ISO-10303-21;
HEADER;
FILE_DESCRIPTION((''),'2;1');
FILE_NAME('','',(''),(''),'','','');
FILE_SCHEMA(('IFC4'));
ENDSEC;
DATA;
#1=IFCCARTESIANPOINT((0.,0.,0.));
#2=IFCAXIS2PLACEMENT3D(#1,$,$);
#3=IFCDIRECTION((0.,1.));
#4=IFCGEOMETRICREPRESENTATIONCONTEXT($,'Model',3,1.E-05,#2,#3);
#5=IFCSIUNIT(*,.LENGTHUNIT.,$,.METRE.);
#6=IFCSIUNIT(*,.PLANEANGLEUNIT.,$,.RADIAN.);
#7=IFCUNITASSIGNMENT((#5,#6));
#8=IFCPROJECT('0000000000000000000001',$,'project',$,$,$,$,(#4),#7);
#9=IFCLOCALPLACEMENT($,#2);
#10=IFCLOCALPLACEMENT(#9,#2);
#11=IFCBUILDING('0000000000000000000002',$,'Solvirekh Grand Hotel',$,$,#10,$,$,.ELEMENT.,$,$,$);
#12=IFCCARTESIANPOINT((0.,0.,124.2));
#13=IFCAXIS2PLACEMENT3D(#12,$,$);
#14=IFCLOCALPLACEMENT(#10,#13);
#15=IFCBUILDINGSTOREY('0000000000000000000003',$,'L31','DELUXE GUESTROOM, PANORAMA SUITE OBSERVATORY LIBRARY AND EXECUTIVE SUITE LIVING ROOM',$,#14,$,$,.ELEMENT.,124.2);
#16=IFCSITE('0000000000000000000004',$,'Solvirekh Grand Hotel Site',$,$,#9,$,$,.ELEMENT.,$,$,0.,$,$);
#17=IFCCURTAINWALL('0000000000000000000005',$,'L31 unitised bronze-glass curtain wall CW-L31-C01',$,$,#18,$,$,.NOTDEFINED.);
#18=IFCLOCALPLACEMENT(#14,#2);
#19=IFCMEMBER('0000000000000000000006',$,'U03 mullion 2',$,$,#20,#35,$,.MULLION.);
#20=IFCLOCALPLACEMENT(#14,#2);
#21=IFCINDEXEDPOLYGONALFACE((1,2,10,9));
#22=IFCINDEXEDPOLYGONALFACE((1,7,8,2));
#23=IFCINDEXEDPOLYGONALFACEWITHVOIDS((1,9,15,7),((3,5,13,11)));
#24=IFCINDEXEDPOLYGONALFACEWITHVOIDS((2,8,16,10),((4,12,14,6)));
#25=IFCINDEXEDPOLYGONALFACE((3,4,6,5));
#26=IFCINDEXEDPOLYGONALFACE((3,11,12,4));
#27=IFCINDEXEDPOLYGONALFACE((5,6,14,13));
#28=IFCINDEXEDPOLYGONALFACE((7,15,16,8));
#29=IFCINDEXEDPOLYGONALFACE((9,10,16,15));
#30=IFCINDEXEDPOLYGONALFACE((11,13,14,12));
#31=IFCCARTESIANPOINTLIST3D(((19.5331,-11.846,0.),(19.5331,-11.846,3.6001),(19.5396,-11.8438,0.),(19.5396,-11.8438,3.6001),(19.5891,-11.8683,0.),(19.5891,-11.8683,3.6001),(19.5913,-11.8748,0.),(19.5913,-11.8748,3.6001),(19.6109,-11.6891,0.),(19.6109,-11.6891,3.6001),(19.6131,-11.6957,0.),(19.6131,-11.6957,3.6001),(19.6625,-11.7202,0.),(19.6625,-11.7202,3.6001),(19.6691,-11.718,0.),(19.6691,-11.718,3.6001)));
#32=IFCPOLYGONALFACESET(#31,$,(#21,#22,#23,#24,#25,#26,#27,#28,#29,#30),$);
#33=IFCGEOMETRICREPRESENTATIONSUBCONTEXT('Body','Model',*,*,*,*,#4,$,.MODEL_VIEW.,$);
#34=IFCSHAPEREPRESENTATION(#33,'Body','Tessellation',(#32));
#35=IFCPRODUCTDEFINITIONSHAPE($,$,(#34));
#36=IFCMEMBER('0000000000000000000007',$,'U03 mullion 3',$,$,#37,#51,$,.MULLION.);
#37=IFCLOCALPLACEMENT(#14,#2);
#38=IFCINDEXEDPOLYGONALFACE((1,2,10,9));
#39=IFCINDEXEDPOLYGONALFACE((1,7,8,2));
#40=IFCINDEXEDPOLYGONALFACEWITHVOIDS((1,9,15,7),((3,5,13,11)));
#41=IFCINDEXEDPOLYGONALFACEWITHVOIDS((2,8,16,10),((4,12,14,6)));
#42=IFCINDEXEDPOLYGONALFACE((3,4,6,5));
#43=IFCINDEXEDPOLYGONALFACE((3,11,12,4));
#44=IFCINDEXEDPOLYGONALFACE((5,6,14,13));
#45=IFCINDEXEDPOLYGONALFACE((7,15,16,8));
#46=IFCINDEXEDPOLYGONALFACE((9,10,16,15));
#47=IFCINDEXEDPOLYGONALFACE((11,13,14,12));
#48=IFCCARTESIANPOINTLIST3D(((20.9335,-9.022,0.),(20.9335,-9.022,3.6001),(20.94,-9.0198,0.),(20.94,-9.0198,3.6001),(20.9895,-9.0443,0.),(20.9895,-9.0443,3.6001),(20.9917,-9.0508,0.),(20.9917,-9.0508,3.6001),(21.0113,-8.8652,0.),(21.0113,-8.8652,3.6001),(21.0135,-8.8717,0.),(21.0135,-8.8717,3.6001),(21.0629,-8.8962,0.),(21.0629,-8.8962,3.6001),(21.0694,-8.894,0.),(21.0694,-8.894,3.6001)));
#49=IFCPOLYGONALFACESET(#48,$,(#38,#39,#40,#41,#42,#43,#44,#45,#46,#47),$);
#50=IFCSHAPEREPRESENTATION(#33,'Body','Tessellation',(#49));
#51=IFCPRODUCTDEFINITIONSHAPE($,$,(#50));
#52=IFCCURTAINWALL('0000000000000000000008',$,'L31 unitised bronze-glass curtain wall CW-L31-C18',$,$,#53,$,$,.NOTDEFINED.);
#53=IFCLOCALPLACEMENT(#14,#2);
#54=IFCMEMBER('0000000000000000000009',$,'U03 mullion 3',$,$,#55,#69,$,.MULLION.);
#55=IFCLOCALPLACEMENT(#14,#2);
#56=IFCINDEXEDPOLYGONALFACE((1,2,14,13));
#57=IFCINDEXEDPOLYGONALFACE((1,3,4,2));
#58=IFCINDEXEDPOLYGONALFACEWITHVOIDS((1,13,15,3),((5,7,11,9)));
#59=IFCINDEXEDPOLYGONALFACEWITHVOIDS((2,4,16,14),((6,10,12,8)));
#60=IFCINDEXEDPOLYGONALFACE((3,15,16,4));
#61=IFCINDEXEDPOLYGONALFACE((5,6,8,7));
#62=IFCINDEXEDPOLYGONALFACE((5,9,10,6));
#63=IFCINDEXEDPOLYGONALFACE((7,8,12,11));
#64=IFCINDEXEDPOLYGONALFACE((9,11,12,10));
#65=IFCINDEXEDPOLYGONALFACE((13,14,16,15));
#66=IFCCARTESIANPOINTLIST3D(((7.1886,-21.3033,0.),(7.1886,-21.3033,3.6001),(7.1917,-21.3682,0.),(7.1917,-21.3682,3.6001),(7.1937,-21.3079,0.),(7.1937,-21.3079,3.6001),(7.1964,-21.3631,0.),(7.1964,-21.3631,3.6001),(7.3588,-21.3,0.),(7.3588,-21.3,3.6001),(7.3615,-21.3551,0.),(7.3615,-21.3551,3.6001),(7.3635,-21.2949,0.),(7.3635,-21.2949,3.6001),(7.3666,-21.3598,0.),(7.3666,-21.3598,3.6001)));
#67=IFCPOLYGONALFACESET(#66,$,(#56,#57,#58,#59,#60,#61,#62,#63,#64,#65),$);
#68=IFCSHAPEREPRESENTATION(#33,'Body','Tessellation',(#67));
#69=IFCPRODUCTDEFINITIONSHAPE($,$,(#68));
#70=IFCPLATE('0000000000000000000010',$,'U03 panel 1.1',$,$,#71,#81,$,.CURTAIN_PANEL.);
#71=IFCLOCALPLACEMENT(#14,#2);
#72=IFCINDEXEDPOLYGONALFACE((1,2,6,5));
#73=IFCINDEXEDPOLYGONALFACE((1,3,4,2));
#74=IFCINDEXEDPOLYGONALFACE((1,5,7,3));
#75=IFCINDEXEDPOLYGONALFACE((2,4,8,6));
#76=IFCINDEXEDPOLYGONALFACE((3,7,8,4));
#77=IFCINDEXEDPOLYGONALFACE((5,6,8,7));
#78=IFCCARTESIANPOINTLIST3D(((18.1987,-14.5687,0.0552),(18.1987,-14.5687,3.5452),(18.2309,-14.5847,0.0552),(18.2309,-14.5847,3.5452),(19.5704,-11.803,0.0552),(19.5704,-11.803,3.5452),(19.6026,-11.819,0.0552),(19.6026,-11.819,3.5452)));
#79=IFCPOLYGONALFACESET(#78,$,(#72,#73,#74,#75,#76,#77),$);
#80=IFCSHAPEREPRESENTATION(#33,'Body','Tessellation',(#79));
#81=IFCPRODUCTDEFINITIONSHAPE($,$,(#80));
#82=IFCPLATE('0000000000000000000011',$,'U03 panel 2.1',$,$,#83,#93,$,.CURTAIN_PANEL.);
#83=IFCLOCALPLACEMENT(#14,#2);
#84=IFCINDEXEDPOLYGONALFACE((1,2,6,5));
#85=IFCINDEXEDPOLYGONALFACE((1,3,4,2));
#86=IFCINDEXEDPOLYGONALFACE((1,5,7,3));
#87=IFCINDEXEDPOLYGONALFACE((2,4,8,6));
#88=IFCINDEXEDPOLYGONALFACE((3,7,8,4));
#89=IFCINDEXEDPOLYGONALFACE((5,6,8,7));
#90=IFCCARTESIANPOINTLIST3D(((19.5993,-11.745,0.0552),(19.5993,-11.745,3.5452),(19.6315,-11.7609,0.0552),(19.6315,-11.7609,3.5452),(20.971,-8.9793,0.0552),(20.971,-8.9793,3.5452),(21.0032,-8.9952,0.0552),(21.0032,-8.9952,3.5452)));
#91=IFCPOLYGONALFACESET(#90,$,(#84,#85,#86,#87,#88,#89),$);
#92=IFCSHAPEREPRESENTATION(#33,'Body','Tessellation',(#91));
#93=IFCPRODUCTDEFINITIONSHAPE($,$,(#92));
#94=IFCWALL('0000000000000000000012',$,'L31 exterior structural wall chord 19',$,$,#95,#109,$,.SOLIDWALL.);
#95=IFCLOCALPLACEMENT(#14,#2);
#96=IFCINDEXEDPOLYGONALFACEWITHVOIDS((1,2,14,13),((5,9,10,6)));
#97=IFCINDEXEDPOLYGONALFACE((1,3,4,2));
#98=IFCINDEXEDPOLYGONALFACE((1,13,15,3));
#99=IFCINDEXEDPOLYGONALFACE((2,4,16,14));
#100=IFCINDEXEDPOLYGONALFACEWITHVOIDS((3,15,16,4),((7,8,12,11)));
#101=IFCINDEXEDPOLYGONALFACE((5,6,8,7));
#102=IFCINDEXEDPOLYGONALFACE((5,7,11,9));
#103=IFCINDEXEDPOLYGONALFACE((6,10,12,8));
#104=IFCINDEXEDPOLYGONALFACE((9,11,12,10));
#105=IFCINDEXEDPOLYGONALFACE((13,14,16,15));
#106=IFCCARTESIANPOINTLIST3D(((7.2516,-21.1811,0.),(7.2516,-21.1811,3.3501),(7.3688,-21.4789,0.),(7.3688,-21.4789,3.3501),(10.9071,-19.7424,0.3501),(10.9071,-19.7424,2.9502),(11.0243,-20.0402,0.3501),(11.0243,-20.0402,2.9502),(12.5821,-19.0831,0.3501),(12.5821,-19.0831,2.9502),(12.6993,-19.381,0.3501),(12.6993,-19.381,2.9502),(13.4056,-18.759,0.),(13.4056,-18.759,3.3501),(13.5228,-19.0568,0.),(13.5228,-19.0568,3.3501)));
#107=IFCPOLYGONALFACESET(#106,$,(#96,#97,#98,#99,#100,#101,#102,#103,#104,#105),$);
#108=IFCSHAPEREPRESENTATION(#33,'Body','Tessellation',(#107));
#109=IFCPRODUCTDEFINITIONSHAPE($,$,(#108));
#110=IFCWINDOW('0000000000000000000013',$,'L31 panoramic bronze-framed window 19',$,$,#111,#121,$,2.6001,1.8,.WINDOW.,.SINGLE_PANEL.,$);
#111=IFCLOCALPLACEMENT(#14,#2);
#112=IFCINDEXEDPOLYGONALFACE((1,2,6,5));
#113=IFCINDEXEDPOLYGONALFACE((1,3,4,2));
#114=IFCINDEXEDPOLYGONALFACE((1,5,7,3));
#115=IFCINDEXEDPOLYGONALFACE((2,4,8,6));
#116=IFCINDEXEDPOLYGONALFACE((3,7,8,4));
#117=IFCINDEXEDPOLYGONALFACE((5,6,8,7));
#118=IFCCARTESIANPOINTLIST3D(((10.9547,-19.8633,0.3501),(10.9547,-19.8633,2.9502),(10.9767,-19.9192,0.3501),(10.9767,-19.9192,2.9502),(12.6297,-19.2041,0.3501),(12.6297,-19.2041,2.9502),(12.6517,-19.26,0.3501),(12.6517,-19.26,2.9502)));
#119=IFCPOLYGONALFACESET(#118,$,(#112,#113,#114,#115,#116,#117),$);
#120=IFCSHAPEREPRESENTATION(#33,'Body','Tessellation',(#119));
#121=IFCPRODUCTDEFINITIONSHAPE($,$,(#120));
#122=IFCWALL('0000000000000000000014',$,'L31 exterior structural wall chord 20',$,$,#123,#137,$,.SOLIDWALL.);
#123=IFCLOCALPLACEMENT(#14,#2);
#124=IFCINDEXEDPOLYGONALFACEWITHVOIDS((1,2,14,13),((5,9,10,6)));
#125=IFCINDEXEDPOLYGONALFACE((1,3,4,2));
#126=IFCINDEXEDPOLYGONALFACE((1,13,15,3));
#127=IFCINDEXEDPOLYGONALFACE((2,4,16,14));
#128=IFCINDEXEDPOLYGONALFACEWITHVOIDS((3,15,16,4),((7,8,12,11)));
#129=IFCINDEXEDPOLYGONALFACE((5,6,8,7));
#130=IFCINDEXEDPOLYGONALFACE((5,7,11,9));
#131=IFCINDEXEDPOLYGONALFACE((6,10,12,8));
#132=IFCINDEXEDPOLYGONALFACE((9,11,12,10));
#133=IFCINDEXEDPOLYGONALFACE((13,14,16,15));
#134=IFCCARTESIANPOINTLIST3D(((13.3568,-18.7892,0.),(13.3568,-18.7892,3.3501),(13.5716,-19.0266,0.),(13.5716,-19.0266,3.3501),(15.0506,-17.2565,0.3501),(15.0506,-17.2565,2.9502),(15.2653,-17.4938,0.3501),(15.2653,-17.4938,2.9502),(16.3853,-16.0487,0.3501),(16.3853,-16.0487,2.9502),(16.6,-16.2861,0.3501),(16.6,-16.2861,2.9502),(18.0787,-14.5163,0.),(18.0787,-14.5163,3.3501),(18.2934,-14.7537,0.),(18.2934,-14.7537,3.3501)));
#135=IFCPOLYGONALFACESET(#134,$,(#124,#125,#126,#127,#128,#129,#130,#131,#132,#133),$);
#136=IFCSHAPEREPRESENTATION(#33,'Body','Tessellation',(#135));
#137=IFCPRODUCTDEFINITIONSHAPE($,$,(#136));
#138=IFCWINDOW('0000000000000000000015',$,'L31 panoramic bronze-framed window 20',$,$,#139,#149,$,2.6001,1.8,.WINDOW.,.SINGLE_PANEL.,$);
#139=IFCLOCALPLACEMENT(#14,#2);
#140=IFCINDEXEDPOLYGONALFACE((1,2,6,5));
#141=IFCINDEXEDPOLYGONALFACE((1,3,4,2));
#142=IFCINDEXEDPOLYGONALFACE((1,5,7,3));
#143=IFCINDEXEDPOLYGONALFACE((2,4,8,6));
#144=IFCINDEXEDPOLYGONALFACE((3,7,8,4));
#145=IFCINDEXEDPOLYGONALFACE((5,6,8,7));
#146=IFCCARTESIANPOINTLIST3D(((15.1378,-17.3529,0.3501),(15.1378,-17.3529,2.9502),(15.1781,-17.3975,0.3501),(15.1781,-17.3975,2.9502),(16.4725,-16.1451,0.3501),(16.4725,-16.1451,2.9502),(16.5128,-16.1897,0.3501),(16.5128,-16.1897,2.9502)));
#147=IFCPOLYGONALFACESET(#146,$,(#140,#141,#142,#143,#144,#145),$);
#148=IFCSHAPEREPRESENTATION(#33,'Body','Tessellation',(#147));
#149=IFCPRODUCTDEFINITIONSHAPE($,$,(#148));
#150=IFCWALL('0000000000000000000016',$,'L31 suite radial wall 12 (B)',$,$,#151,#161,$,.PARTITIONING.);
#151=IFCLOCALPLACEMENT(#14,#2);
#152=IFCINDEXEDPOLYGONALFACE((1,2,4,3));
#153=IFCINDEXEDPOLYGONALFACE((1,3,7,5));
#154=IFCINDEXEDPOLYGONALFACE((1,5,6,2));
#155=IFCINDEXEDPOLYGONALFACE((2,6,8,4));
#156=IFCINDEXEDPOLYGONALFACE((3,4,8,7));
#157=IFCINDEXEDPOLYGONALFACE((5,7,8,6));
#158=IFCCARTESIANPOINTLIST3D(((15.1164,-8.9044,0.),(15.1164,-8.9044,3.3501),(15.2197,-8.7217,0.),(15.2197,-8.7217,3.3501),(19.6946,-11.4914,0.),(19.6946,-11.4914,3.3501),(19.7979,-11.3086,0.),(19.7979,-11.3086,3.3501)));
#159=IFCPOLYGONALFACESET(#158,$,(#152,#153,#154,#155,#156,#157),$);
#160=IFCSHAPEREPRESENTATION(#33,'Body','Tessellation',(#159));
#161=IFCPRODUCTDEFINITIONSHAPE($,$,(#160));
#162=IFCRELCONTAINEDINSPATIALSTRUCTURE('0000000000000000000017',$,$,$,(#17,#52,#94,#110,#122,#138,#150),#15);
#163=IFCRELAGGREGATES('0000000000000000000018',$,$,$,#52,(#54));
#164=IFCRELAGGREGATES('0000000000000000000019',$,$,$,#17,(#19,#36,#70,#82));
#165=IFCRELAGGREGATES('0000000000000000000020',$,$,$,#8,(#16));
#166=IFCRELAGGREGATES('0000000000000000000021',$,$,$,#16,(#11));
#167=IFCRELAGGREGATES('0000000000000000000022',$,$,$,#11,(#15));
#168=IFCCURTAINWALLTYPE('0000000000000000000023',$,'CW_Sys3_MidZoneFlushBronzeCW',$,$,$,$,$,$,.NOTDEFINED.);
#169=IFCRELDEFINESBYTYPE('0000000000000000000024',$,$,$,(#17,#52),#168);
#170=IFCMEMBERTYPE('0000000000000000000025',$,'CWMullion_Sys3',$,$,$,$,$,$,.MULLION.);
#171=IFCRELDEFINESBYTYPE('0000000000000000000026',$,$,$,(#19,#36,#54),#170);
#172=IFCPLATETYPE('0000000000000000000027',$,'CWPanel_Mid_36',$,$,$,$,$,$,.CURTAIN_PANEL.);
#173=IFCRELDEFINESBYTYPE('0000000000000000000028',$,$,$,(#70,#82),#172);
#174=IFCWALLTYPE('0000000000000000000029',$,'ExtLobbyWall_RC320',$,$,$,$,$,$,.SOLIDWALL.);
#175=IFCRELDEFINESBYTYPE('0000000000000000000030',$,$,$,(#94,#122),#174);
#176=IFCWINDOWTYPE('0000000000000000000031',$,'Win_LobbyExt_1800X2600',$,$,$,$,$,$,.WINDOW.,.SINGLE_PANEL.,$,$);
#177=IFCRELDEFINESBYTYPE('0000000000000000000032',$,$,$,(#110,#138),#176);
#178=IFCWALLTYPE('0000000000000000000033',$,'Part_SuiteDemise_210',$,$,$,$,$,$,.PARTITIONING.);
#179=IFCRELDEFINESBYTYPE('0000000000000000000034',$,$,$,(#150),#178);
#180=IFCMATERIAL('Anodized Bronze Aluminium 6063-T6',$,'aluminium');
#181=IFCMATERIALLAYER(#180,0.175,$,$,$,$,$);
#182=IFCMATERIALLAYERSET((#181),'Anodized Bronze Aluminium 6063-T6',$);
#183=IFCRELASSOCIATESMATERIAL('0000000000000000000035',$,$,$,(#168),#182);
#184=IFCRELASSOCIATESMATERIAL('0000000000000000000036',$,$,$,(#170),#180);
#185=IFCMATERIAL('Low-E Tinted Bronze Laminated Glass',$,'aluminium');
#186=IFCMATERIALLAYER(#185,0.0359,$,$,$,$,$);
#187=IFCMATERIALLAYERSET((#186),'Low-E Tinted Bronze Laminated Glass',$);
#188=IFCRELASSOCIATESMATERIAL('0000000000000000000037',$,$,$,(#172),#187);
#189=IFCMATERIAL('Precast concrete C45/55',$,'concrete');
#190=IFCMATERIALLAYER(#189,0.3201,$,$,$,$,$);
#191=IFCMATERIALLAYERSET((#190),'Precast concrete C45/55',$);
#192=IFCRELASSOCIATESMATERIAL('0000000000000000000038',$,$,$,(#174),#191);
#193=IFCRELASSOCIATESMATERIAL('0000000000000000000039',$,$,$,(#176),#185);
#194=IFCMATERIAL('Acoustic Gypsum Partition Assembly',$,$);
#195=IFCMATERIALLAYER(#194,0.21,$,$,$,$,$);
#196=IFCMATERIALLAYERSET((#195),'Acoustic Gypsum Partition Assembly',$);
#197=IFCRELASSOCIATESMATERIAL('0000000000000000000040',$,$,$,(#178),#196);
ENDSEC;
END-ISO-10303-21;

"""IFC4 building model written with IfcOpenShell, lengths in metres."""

from ifc_helpers import new_model, si_unit, direction, frame, frame_2d, origin, origin_2d, place, context, subcontext, project, spatial, rectangle, hollow_rectangle, extrude, source, transform, mapped, material, layer, layer_set, material_profile, profile_set, type_object, element, fill, aggregate, save


model = new_model("IFC4")

# Units and contexts
model_context = context("Model", 3, precision=1e-05, world=origin(), true_north=direction((0.0, 1.0)))
body_context = subcontext(model_context, "Body", "Model", "MODEL_VIEW")
ifc_project = project(units=[si_unit("LENGTHUNIT", "METRE"), si_unit("PLANEANGLEUNIT", "RADIAN")], contexts=[model_context])

# Site, building, storey
site_placement = place(None, origin())
site = spatial("IfcSite", under=ifc_project, at=site_placement, Name="Solvirekh Grand Hotel Site", CompositionType="ELEMENT", RefElevation=0.0)
building_placement = place(site_placement, origin())
building = spatial("IfcBuilding", under=site, at=building_placement, Name="Solvirekh Grand Hotel", CompositionType="ELEMENT")
storey_placement = place(building_placement, frame((0.0, 0.0, 124.2)))
storey = spatial("IfcBuildingStorey", under=building, at=storey_placement, Name="L31", Description="DELUXE GUESTROOM, PANORAMA SUITE OBSERVATORY LIBRARY AND EXECUTIVE SUITE LIVING ROOM", CompositionType="ELEMENT", Elevation=124.2)

# Curtain wall, members
ifc_material_1 = material(Name="Anodized Bronze Aluminium 6063-T6", Category="aluminium")
ifc_layer_1 = layer(ifc_material_1, 0.175)
ifc_layer_set_1 = layer_set([ifc_layer_1], Name="Anodized Bronze Aluminium 6063-T6")
curtain_wall_type = type_object("IfcCurtainWallType", Name="CW_Sys3_MidZoneFlushBronzeCW", PredefinedType="NOTDEFINED", material=ifc_layer_set_1)
curtain_wall_1_placement = place(storey_placement, origin())
curtain_wall_1 = element("IfcCurtainWall", 1, at=curtain_wall_1_placement, inside=storey, type_object=curtain_wall_type, Name="L31 unitised bronze-glass curtain wall CW-L31-C01", PredefinedType="NOTDEFINED")
ifc_material_profile_1 = material_profile(ifc_material_1, hollow_rectangle(XDim=0.0649, YDim=0.175, WallThickness=0.0049, at=origin_2d()), Name="ALU RHS 175X65X5")
ifc_profile_set_1 = profile_set([ifc_material_profile_1], Name="Anodized Bronze Aluminium 6063-T6")
member_type_1 = type_object("IfcMemberType", Name="CWMullion_Sys3", PredefinedType="MULLION", material=ifc_profile_set_1)
shared_shape_1 = source(origin(), body_context, "Body", "SweptSolid", [
    extrude(hollow_rectangle(XDim=0.0649, YDim=0.175, WallThickness=0.0049, at=origin_2d()), origin(), (0.0, 0.0, 1.0), 3.6001),
])
member_1_placement = place(storey_placement, frame((19.6011, -11.782, 0.0), z_axis=(0.0, 0.0, 1.0), x_axis=(-0.895867, 0.444322, 0.0)))
member_1 = element("IfcMember", 2, at=member_1_placement, type_object=member_type_1, Name="U03 mullion 2", PredefinedType="MULLION", context=body_context, shape_type="MappedRepresentation", body=[
    mapped(shared_shape_1, transform((0.0, 0.0, 0.0), x_axis=(1.0, 0.0, 0.0), y_axis=(0.0, 1.0, 0.0), z_axis=(0.0, 0.0, 1.0), scale=1.0)),
])
member_2_placement = place(storey_placement, frame((21.0015, -8.958, 0.0), z_axis=(0.0, 0.0, 1.0), x_axis=(-0.895867, 0.444322, 0.0)))
member_2 = element("IfcMember", 3, at=member_2_placement, type_object=member_type_1, Name="U03 mullion 3", PredefinedType="MULLION", context=body_context, shape_type="MappedRepresentation", body=[
    mapped(shared_shape_1, transform((0.0, 0.0, 0.0), x_axis=(1.0, 0.0, 0.0), y_axis=(0.0, 1.0, 0.0), z_axis=(0.0, 0.0, 1.0), scale=1.0)),
])

# Curtain wall, member
curtain_wall_2_placement = place(storey_placement, origin())
curtain_wall_2 = element("IfcCurtainWall", 4, at=curtain_wall_2_placement, inside=storey, type_object=curtain_wall_type, Name="L31 unitised bronze-glass curtain wall CW-L31-C18", PredefinedType="NOTDEFINED")
member_3_placement = place(storey_placement, frame((7.2776, -21.3315, 0.0), z_axis=(0.0, 0.0, 1.0), x_axis=(-0.047932, 0.998851, 0.0)))
member_3 = element("IfcMember", 5, at=member_3_placement, type_object=member_type_1, Name="U03 mullion 3", PredefinedType="MULLION", context=body_context, shape_type="MappedRepresentation", body=[
    mapped(shared_shape_1, transform((0.0, 0.0, 0.0), x_axis=(1.0, 0.0, 0.0), y_axis=(0.0, 1.0, 0.0), z_axis=(0.0, 0.0, 1.0), scale=1.0)),
])
aggregate(curtain_wall_2, [member_3])

# Plates
ifc_material_2 = material(Name="Low-E Tinted Bronze Laminated Glass", Category="aluminium")
ifc_layer_2 = layer(ifc_material_2, 0.0359)
ifc_layer_set_2 = layer_set([ifc_layer_2], Name="Low-E Tinted Bronze Laminated Glass")
plate_type = type_object("IfcPlateType", Name="CWPanel_Mid_36", PredefinedType="CURTAIN_PANEL", material=ifc_layer_set_2)
shared_shape_2 = source(origin(), body_context, "Body", "SweptSolid", [
    extrude(rectangle(XDim=3.0872, YDim=0.0359, at=origin_2d()), origin(), (0.0, 0.0, 1.0), 3.49),
])
plate_1_placement = place(storey_placement, frame((18.9006, -13.1938, 0.0552), z_axis=(0.0, 0.0, 1.0), x_axis=(0.444322, 0.895867, 0.0)))
plate_1 = element("IfcPlate", 6, at=plate_1_placement, type_object=plate_type, Name="U03 panel 1.1", PredefinedType="CURTAIN_PANEL", context=body_context, shape_type="MappedRepresentation", body=[
    mapped(shared_shape_2, transform((0.0, 0.0, 0.0), x_axis=(1.0, 0.0, 0.0), y_axis=(0.0, 1.0, 0.0), z_axis=(0.0, 0.0, 1.0), scale=1.0)),
])
plate_2_placement = place(storey_placement, frame((20.3013, -10.3701, 0.0552), z_axis=(0.0, 0.0, 1.0), x_axis=(0.444322, 0.895867, 0.0)))
plate_2 = element("IfcPlate", 7, at=plate_2_placement, type_object=plate_type, Name="U03 panel 2.1", PredefinedType="CURTAIN_PANEL", context=body_context, shape_type="MappedRepresentation", body=[
    mapped(shared_shape_2, transform((0.0, 0.0, 0.0), x_axis=(1.0, 0.0, 0.0), y_axis=(0.0, 1.0, 0.0), z_axis=(0.0, 0.0, 1.0), scale=1.0)),
])
aggregate(curtain_wall_1, [member_1, member_2, plate_1, plate_2])

# Walls, openings, windows
ifc_material_3 = material(Name="Precast concrete C45/55", Category="concrete")
ifc_layer_3 = layer(ifc_material_3, 0.3201)
ifc_layer_set_3 = layer_set([ifc_layer_3], Name="Precast concrete C45/55")
wall_type_1 = type_object("IfcWallType", Name="ExtLobbyWall_RC320", PredefinedType="SOLIDWALL", material=ifc_layer_set_3)
wall_1_placement = place(storey_placement, frame((13.4641, -18.908, 0.0), z_axis=(0.0, 0.0, 1.0), x_axis=(-0.930522, -0.366236, 0.0)))
wall_1 = element("IfcWall", 8, at=wall_1_placement, inside=storey, type_object=wall_type_1, Name="L31 exterior structural wall chord 19", PredefinedType="SOLIDWALL", context=body_context, shape_type="SweptSolid", body=[
    extrude(rectangle(XDim=6.6135, YDim=0.3201, at=frame_2d((3.3066, 0.0))), origin(), (0.0, 0.0, 1.0), 3.3501),
])
opening_1_placement = place(wall_1_placement, frame((0.885, 0.0, 0.3501)))
opening_1 = element("IfcOpeningElement", 9, at=opening_1_placement, cuts=wall_1, PredefinedType="OPENING", context=body_context, shape_type="SweptSolid", body=[
    extrude(rectangle(XDim=1.8, YDim=2.6001, at=frame_2d((0.8999, 1.3))), frame((0.0, 0.1699, 0.0), z_axis=(0.0, -1.0, 0.0), x_axis=(1.0, 0.0, 0.0)), (0.0, 0.0, 1.0), 0.3401),
])
window_type = type_object("IfcWindowType", Name="Win_LobbyExt_1800X2600", PartitioningType="SINGLE_PANEL", PredefinedType="WINDOW", material=ifc_material_2)
window_1_placement = place(opening_1_placement, origin())
window_1 = element("IfcWindow", 10, at=window_1_placement, inside=storey, type_object=window_type, Name="L31 panoramic bronze-framed window 19", OverallHeight=2.6001, OverallWidth=1.8, PartitioningType="SINGLE_PANEL", PredefinedType="WINDOW", context=body_context, shape_type="SweptSolid", body=[
    extrude(rectangle(XDim=1.8, YDim=2.6001, at=frame_2d((0.8999, 1.3))), frame((0.0, 0.03, 0.0), z_axis=(0.0, -1.0, 0.0), x_axis=(1.0, 0.0, 0.0)), (0.0, 0.0, 1.0), 0.0601),
])
fill(opening_1, window_1)
wall_2_placement = place(storey_placement, frame((18.186, -14.635, 0.0), z_axis=(0.0, 0.0, 1.0), x_axis=(-0.741479, -0.670977, 0.0)))
wall_2 = element("IfcWall", 11, at=wall_2_placement, inside=storey, type_object=wall_type_1, Name="L31 exterior structural wall chord 20", PredefinedType="SOLIDWALL", context=body_context, shape_type="SweptSolid", body=[
    extrude(rectangle(XDim=6.3682, YDim=0.3201, at=frame_2d((3.1841, 0.0))), origin(), (0.0, 0.0, 1.0), 3.3501),
])
opening_2_placement = place(wall_2_placement, frame((2.2839, 0.0, 0.3501)))
opening_2 = element("IfcOpeningElement", 12, at=opening_2_placement, cuts=wall_2, PredefinedType="OPENING", context=body_context, shape_type="SweptSolid", body=[
    extrude(rectangle(XDim=1.8, YDim=2.6001, at=frame_2d((0.8999, 1.3))), frame((0.0, 0.1699, 0.0), z_axis=(0.0, -1.0, 0.0), x_axis=(1.0, 0.0, 0.0)), (0.0, 0.0, 1.0), 0.3401),
])
window_2_placement = place(opening_2_placement, origin())
window_2 = element("IfcWindow", 13, at=window_2_placement, inside=storey, type_object=window_type, Name="L31 panoramic bronze-framed window 20", OverallHeight=2.6001, OverallWidth=1.8, PartitioningType="SINGLE_PANEL", PredefinedType="WINDOW", context=body_context, shape_type="SweptSolid", body=[
    extrude(rectangle(XDim=1.8, YDim=2.6001, at=frame_2d((0.8999, 1.3))), frame((0.0, 0.03, 0.0), z_axis=(0.0, -1.0, 0.0), x_axis=(1.0, 0.0, 0.0)), (0.0, 0.0, 1.0), 0.0601),
])
fill(opening_2, window_2)

# Wall
ifc_material_4 = material(Name="Acoustic Gypsum Partition Assembly")
ifc_layer_4 = layer(ifc_material_4, 0.21)
ifc_layer_set_4 = layer_set([ifc_layer_4], Name="Acoustic Gypsum Partition Assembly")
wall_type_2 = type_object("IfcWallType", Name="Part_SuiteDemise_210", PredefinedType="PARTITIONING", material=ifc_layer_set_4)
wall_3_placement = place(storey_placement, frame((15.168, -8.813, 0.0), z_axis=(0.0, 0.0, 1.0), x_axis=(0.870622, -0.491953, 0.0)))
element("IfcWall", 14, at=wall_3_placement, inside=storey, type_object=wall_type_2, Name="L31 suite radial wall 12 (B)", PredefinedType="PARTITIONING", context=body_context, shape_type="SweptSolid", body=[
    extrude(rectangle(XDim=5.2585, YDim=0.21, at=frame_2d((2.6294, 0.0))), origin(), (0.0, 0.0, 1.0), 3.3501),
])

save(model, "model.ifc")
